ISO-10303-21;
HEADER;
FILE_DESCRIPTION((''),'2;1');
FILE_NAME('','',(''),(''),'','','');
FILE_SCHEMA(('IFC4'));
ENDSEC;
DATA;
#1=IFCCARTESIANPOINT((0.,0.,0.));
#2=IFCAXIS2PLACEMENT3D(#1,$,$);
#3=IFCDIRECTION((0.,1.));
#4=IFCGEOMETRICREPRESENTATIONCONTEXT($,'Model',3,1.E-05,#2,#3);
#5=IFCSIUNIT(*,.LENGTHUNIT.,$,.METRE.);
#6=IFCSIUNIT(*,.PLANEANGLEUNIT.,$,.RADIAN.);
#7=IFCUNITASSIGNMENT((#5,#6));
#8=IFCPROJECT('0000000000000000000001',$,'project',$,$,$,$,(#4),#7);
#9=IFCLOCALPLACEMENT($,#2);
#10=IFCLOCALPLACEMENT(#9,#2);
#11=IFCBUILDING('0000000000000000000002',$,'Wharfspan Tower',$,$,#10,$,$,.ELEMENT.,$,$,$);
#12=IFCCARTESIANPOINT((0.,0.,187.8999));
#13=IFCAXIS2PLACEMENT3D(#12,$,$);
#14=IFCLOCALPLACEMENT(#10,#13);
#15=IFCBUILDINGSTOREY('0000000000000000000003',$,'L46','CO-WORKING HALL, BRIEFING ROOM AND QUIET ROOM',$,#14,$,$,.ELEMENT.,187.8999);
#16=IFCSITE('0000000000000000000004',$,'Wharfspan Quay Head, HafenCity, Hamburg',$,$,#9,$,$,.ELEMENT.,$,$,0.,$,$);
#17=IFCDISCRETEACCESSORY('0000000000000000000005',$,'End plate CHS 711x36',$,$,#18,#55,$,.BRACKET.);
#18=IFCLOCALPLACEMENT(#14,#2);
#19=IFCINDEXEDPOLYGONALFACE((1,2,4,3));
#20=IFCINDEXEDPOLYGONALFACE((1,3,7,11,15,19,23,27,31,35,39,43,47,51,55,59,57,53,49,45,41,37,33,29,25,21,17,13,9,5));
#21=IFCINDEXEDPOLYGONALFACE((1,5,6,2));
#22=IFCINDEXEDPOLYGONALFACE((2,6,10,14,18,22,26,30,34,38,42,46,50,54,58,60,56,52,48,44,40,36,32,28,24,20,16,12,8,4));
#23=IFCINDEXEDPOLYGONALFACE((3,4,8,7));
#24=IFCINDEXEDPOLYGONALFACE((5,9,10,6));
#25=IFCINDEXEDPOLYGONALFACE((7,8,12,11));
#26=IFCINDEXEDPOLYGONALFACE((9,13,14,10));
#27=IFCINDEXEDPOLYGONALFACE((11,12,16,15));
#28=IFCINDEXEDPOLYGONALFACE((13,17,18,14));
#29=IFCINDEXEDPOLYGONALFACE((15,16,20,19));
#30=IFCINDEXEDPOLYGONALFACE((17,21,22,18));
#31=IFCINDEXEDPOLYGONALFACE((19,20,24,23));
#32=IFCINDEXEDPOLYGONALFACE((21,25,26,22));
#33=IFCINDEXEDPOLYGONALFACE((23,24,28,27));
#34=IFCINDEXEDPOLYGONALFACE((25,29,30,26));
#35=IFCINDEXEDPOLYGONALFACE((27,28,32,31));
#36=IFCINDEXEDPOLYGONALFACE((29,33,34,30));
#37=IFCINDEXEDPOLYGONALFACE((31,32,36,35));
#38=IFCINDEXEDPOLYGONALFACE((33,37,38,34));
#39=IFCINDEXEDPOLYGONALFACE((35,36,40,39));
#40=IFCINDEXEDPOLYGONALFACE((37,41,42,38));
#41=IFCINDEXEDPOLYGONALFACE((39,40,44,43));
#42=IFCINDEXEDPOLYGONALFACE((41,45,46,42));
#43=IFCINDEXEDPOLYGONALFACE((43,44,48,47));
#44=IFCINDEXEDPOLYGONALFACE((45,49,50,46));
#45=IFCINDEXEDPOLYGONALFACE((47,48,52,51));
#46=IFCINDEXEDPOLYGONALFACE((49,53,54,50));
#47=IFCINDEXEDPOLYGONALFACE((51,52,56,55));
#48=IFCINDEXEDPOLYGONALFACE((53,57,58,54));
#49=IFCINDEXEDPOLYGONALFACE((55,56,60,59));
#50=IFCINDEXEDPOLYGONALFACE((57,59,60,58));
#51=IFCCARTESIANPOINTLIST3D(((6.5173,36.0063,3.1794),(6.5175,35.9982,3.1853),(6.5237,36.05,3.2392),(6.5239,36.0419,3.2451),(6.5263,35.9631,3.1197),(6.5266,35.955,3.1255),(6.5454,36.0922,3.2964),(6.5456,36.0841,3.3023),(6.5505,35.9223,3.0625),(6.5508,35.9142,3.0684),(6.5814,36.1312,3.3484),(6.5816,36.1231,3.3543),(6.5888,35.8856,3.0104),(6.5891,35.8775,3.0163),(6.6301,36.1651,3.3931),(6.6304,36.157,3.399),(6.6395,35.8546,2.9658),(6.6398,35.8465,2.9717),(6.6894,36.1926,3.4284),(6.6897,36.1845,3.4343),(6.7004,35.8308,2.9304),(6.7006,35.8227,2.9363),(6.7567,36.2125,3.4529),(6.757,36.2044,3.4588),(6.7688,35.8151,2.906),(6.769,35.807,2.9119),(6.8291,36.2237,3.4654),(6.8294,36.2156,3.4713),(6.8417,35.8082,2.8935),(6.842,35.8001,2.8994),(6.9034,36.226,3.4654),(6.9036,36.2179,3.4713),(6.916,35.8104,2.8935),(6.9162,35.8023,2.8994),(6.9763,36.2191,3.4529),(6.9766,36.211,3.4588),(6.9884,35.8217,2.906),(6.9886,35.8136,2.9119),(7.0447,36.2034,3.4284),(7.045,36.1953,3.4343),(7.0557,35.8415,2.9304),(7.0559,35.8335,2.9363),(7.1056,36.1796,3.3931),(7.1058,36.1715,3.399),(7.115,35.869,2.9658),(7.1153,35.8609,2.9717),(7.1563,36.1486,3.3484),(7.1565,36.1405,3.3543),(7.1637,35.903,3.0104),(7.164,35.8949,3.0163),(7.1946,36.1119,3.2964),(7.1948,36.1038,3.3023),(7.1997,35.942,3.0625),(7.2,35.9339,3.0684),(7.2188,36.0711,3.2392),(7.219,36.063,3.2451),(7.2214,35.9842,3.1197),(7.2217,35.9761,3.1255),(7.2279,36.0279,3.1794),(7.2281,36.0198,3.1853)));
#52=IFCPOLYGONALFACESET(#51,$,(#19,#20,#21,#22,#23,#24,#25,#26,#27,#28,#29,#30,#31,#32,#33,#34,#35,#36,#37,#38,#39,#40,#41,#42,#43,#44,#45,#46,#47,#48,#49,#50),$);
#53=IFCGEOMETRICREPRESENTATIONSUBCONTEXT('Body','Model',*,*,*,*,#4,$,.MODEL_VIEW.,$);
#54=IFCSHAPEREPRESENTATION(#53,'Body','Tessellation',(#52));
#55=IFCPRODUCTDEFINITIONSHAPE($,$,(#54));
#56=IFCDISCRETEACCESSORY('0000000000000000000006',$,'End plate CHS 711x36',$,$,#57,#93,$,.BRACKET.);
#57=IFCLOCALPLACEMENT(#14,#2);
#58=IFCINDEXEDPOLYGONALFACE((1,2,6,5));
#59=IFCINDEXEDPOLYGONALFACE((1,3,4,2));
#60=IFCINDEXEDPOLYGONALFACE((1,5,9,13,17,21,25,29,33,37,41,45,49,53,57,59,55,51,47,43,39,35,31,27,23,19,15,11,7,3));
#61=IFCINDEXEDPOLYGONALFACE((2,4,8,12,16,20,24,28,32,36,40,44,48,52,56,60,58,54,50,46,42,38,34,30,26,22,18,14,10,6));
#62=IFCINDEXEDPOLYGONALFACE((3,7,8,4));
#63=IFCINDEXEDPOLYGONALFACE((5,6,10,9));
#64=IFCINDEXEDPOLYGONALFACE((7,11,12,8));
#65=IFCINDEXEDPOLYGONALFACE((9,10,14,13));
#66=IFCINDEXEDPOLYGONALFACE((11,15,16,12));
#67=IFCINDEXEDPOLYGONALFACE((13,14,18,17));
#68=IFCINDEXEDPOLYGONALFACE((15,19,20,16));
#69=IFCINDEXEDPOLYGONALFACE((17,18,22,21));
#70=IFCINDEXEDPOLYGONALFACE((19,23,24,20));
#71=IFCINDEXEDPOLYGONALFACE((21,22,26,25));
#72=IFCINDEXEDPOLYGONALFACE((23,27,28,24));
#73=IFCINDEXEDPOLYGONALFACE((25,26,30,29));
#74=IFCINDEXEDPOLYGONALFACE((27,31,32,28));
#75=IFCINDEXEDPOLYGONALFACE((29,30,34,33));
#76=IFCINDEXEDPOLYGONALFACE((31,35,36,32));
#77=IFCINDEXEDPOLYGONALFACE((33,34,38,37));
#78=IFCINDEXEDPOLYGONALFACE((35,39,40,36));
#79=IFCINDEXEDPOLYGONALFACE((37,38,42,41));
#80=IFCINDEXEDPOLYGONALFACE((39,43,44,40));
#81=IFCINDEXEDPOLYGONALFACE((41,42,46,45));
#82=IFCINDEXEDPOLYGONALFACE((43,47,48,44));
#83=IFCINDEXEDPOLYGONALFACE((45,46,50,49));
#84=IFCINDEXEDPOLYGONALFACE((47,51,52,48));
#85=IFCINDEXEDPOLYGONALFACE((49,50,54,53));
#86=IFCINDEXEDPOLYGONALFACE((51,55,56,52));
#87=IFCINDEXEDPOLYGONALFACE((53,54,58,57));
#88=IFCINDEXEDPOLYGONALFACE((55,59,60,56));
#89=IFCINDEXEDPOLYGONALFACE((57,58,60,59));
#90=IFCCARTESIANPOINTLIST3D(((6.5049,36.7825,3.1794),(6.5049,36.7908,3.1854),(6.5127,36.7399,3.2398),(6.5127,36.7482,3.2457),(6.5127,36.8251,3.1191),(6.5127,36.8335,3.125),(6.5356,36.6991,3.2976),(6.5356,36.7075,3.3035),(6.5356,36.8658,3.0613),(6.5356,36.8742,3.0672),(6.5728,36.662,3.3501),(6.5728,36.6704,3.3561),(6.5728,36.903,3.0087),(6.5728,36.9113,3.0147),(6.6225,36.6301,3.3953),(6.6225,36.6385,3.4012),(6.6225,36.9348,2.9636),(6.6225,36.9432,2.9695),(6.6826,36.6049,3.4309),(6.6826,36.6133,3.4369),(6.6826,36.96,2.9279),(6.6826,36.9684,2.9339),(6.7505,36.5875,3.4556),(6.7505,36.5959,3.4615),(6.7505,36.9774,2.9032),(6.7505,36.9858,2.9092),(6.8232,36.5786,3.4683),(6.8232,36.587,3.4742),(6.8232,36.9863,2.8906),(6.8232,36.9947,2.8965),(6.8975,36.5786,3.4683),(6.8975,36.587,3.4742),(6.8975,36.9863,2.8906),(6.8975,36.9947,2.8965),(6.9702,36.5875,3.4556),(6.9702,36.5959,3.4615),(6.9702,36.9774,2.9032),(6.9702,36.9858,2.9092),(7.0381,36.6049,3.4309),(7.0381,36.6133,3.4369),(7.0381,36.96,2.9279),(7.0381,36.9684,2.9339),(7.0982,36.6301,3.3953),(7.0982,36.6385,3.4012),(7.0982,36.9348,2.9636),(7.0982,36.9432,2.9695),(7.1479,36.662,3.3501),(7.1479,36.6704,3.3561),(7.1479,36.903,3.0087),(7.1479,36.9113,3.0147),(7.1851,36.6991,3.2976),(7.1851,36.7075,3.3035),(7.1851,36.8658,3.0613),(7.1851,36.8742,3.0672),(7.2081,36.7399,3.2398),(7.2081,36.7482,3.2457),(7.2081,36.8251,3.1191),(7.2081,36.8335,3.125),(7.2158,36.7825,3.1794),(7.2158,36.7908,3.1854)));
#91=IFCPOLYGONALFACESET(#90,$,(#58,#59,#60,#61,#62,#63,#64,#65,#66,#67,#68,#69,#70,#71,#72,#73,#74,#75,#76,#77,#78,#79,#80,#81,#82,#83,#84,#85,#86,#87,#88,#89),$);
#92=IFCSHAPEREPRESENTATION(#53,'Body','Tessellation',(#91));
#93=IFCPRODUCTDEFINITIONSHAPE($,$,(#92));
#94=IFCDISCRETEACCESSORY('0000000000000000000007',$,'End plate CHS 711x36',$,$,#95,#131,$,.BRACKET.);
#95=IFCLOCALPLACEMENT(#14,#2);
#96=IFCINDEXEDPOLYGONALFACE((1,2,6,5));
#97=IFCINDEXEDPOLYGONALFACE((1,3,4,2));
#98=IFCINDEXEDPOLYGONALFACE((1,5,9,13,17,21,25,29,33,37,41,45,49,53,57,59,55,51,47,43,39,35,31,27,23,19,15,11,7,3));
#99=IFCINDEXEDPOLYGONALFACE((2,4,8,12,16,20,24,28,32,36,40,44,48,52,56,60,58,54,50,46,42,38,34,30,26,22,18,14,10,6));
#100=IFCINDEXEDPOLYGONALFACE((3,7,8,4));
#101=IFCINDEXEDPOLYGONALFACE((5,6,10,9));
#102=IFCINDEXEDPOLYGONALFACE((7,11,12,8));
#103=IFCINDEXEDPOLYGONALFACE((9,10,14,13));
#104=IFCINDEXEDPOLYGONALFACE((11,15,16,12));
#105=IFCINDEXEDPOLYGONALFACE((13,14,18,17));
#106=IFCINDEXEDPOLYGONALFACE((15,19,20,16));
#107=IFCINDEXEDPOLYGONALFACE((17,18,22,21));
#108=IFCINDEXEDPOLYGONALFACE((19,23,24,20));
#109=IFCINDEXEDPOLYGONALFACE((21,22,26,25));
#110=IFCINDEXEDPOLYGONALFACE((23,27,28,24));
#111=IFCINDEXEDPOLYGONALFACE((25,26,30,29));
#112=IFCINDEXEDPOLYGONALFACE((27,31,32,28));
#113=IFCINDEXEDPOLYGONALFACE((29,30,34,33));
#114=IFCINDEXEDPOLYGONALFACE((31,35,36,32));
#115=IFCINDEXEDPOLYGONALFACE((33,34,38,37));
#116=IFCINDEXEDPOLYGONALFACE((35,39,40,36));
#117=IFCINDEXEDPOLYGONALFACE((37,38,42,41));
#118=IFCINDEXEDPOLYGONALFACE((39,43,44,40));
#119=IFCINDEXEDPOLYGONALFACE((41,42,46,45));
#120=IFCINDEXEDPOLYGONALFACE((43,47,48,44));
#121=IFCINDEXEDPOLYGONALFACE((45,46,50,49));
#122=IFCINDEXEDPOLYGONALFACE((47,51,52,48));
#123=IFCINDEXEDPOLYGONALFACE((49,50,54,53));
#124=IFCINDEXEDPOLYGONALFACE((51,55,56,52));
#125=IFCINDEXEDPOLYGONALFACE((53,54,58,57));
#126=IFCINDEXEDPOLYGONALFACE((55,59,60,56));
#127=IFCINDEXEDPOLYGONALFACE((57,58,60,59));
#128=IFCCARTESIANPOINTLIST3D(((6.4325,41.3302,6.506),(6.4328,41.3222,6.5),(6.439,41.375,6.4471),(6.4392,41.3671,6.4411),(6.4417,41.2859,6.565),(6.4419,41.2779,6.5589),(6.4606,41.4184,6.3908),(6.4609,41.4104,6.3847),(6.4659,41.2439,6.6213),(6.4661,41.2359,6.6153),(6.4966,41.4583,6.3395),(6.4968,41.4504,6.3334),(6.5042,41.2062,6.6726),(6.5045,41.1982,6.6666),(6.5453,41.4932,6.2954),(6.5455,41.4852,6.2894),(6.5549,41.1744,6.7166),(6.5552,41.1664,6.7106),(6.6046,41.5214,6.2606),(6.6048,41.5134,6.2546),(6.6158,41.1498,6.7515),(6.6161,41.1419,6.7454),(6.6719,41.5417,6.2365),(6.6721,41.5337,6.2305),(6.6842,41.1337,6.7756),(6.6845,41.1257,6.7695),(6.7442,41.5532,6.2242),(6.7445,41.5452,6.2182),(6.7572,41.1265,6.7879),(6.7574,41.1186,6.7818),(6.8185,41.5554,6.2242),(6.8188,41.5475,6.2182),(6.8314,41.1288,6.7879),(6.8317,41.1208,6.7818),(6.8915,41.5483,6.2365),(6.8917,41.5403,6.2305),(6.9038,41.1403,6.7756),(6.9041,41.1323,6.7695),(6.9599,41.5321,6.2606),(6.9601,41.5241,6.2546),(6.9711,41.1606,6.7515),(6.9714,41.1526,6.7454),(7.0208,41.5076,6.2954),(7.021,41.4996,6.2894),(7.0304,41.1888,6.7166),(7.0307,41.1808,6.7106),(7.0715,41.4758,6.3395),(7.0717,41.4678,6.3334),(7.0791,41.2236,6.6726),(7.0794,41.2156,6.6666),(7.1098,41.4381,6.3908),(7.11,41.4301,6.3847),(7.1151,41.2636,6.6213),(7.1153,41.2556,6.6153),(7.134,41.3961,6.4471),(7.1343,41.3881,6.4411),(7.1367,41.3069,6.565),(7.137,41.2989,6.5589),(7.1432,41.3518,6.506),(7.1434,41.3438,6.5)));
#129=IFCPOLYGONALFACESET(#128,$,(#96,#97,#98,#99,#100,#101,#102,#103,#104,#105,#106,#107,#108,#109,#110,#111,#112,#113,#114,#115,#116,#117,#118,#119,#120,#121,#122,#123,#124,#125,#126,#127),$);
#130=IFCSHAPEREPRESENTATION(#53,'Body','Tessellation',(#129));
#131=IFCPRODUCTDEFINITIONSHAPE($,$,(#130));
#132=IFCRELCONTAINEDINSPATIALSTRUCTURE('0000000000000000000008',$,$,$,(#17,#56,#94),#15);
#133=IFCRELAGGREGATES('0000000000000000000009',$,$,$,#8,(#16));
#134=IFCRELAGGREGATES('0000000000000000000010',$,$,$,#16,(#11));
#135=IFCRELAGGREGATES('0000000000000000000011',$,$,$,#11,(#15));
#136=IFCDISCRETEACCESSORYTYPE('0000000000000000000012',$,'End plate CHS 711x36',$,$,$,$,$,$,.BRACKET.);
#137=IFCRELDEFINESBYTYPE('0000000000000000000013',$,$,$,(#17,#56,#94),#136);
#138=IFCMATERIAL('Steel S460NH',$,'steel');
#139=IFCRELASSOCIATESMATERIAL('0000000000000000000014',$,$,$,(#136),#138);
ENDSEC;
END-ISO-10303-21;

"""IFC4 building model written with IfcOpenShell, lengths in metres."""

from ifc_helpers import new_model, si_unit, direction, frame, origin, origin_2d, place, context, subcontext, project, spatial, circle, extrude, material, material_profile, profile_set, type_object, element, save


model = new_model("IFC4")

# Units and contexts
model_context = context("Model", 3, precision=1e-05, world=origin(), true_north=direction((0.0, 1.0)))
body_context = subcontext(model_context, "Body", "Model", "MODEL_VIEW")
ifc_project = project(units=[si_unit("LENGTHUNIT", "METRE"), si_unit("PLANEANGLEUNIT", "RADIAN")], contexts=[model_context])

# Site, building, storey
site_placement = place(None, origin())
site = spatial("IfcSite", under=ifc_project, at=site_placement, Name="Wharfspan Quay Head, HafenCity, Hamburg", CompositionType="ELEMENT", RefElevation=0.0)
building_placement = place(site_placement, origin())
building = spatial("IfcBuilding", under=site, at=building_placement, Name="Wharfspan Tower", CompositionType="ELEMENT")
storey_placement = place(building_placement, frame((0.0, 0.0, 187.8999)))
storey = spatial("IfcBuildingStorey", under=building, at=storey_placement, Name="L46", Description="CO-WORKING HALL, BRIEFING ROOM AND QUIET ROOM", CompositionType="ELEMENT", Elevation=187.8999)

# Shared definitions
ifc_material_1 = material(Name="Steel S460NH", Category="steel")

# Discrete accessories
ifc_material_profile_1 = material_profile(ifc_material_1, circle(Radius=0.3555, at=origin_2d()))
ifc_profile_set_1 = profile_set([ifc_material_profile_1], Name="Steel S460NH")
discrete_accessory_type = type_object("IfcDiscreteAccessoryType", Name="End plate CHS 711x36", PredefinedType="BRACKET", material=ifc_profile_set_1)
discrete_accessory_1_placement = place(storey_placement, frame((6.8726, 36.0171, 3.1794), z_axis=(0.0245, -0.808493, 0.587995), x_axis=(0.999537, 0.03029, 0.000001)))
element("IfcDiscreteAccessory", 1, at=discrete_accessory_1_placement, inside=storey, type_object=discrete_accessory_type, Name="End plate CHS 711x36", PredefinedType="BRACKET", context=body_context, shape_type="SweptSolid", body=[
    extrude(circle(Radius=0.3555, at=origin_2d()), origin(), (0.0, 0.0, 1.0), 0.01),
])
discrete_accessory_2_placement = place(storey_placement, frame((6.8604, 36.7825, 3.1794), z_axis=(0.0, 0.816968, 0.576683), x_axis=(-1.0, 0.0, 0.0)))
element("IfcDiscreteAccessory", 2, at=discrete_accessory_2_placement, inside=storey, type_object=discrete_accessory_type, Name="End plate CHS 711x36", PredefinedType="BRACKET", context=body_context, shape_type="SweptSolid", body=[
    extrude(circle(Radius=0.3555, at=origin_2d()), origin(), (0.0, 0.0, 1.0), 0.0103),
])
discrete_accessory_3_placement = place(storey_placement, frame((6.7881, 41.333, 6.5), z_axis=(-0.024147, 0.79686, 0.603682), x_axis=(-0.99954, -0.030288, -0.000001)))
element("IfcDiscreteAccessory", 3, at=discrete_accessory_3_placement, inside=storey, type_object=discrete_accessory_type, Name="End plate CHS 711x36", PredefinedType="BRACKET", context=body_context, shape_type="SweptSolid", body=[
    extrude(circle(Radius=0.3555, at=origin_2d()), origin(), (0.0, 0.0, 1.0), 0.01),
])

save(model, "model.ifc")
